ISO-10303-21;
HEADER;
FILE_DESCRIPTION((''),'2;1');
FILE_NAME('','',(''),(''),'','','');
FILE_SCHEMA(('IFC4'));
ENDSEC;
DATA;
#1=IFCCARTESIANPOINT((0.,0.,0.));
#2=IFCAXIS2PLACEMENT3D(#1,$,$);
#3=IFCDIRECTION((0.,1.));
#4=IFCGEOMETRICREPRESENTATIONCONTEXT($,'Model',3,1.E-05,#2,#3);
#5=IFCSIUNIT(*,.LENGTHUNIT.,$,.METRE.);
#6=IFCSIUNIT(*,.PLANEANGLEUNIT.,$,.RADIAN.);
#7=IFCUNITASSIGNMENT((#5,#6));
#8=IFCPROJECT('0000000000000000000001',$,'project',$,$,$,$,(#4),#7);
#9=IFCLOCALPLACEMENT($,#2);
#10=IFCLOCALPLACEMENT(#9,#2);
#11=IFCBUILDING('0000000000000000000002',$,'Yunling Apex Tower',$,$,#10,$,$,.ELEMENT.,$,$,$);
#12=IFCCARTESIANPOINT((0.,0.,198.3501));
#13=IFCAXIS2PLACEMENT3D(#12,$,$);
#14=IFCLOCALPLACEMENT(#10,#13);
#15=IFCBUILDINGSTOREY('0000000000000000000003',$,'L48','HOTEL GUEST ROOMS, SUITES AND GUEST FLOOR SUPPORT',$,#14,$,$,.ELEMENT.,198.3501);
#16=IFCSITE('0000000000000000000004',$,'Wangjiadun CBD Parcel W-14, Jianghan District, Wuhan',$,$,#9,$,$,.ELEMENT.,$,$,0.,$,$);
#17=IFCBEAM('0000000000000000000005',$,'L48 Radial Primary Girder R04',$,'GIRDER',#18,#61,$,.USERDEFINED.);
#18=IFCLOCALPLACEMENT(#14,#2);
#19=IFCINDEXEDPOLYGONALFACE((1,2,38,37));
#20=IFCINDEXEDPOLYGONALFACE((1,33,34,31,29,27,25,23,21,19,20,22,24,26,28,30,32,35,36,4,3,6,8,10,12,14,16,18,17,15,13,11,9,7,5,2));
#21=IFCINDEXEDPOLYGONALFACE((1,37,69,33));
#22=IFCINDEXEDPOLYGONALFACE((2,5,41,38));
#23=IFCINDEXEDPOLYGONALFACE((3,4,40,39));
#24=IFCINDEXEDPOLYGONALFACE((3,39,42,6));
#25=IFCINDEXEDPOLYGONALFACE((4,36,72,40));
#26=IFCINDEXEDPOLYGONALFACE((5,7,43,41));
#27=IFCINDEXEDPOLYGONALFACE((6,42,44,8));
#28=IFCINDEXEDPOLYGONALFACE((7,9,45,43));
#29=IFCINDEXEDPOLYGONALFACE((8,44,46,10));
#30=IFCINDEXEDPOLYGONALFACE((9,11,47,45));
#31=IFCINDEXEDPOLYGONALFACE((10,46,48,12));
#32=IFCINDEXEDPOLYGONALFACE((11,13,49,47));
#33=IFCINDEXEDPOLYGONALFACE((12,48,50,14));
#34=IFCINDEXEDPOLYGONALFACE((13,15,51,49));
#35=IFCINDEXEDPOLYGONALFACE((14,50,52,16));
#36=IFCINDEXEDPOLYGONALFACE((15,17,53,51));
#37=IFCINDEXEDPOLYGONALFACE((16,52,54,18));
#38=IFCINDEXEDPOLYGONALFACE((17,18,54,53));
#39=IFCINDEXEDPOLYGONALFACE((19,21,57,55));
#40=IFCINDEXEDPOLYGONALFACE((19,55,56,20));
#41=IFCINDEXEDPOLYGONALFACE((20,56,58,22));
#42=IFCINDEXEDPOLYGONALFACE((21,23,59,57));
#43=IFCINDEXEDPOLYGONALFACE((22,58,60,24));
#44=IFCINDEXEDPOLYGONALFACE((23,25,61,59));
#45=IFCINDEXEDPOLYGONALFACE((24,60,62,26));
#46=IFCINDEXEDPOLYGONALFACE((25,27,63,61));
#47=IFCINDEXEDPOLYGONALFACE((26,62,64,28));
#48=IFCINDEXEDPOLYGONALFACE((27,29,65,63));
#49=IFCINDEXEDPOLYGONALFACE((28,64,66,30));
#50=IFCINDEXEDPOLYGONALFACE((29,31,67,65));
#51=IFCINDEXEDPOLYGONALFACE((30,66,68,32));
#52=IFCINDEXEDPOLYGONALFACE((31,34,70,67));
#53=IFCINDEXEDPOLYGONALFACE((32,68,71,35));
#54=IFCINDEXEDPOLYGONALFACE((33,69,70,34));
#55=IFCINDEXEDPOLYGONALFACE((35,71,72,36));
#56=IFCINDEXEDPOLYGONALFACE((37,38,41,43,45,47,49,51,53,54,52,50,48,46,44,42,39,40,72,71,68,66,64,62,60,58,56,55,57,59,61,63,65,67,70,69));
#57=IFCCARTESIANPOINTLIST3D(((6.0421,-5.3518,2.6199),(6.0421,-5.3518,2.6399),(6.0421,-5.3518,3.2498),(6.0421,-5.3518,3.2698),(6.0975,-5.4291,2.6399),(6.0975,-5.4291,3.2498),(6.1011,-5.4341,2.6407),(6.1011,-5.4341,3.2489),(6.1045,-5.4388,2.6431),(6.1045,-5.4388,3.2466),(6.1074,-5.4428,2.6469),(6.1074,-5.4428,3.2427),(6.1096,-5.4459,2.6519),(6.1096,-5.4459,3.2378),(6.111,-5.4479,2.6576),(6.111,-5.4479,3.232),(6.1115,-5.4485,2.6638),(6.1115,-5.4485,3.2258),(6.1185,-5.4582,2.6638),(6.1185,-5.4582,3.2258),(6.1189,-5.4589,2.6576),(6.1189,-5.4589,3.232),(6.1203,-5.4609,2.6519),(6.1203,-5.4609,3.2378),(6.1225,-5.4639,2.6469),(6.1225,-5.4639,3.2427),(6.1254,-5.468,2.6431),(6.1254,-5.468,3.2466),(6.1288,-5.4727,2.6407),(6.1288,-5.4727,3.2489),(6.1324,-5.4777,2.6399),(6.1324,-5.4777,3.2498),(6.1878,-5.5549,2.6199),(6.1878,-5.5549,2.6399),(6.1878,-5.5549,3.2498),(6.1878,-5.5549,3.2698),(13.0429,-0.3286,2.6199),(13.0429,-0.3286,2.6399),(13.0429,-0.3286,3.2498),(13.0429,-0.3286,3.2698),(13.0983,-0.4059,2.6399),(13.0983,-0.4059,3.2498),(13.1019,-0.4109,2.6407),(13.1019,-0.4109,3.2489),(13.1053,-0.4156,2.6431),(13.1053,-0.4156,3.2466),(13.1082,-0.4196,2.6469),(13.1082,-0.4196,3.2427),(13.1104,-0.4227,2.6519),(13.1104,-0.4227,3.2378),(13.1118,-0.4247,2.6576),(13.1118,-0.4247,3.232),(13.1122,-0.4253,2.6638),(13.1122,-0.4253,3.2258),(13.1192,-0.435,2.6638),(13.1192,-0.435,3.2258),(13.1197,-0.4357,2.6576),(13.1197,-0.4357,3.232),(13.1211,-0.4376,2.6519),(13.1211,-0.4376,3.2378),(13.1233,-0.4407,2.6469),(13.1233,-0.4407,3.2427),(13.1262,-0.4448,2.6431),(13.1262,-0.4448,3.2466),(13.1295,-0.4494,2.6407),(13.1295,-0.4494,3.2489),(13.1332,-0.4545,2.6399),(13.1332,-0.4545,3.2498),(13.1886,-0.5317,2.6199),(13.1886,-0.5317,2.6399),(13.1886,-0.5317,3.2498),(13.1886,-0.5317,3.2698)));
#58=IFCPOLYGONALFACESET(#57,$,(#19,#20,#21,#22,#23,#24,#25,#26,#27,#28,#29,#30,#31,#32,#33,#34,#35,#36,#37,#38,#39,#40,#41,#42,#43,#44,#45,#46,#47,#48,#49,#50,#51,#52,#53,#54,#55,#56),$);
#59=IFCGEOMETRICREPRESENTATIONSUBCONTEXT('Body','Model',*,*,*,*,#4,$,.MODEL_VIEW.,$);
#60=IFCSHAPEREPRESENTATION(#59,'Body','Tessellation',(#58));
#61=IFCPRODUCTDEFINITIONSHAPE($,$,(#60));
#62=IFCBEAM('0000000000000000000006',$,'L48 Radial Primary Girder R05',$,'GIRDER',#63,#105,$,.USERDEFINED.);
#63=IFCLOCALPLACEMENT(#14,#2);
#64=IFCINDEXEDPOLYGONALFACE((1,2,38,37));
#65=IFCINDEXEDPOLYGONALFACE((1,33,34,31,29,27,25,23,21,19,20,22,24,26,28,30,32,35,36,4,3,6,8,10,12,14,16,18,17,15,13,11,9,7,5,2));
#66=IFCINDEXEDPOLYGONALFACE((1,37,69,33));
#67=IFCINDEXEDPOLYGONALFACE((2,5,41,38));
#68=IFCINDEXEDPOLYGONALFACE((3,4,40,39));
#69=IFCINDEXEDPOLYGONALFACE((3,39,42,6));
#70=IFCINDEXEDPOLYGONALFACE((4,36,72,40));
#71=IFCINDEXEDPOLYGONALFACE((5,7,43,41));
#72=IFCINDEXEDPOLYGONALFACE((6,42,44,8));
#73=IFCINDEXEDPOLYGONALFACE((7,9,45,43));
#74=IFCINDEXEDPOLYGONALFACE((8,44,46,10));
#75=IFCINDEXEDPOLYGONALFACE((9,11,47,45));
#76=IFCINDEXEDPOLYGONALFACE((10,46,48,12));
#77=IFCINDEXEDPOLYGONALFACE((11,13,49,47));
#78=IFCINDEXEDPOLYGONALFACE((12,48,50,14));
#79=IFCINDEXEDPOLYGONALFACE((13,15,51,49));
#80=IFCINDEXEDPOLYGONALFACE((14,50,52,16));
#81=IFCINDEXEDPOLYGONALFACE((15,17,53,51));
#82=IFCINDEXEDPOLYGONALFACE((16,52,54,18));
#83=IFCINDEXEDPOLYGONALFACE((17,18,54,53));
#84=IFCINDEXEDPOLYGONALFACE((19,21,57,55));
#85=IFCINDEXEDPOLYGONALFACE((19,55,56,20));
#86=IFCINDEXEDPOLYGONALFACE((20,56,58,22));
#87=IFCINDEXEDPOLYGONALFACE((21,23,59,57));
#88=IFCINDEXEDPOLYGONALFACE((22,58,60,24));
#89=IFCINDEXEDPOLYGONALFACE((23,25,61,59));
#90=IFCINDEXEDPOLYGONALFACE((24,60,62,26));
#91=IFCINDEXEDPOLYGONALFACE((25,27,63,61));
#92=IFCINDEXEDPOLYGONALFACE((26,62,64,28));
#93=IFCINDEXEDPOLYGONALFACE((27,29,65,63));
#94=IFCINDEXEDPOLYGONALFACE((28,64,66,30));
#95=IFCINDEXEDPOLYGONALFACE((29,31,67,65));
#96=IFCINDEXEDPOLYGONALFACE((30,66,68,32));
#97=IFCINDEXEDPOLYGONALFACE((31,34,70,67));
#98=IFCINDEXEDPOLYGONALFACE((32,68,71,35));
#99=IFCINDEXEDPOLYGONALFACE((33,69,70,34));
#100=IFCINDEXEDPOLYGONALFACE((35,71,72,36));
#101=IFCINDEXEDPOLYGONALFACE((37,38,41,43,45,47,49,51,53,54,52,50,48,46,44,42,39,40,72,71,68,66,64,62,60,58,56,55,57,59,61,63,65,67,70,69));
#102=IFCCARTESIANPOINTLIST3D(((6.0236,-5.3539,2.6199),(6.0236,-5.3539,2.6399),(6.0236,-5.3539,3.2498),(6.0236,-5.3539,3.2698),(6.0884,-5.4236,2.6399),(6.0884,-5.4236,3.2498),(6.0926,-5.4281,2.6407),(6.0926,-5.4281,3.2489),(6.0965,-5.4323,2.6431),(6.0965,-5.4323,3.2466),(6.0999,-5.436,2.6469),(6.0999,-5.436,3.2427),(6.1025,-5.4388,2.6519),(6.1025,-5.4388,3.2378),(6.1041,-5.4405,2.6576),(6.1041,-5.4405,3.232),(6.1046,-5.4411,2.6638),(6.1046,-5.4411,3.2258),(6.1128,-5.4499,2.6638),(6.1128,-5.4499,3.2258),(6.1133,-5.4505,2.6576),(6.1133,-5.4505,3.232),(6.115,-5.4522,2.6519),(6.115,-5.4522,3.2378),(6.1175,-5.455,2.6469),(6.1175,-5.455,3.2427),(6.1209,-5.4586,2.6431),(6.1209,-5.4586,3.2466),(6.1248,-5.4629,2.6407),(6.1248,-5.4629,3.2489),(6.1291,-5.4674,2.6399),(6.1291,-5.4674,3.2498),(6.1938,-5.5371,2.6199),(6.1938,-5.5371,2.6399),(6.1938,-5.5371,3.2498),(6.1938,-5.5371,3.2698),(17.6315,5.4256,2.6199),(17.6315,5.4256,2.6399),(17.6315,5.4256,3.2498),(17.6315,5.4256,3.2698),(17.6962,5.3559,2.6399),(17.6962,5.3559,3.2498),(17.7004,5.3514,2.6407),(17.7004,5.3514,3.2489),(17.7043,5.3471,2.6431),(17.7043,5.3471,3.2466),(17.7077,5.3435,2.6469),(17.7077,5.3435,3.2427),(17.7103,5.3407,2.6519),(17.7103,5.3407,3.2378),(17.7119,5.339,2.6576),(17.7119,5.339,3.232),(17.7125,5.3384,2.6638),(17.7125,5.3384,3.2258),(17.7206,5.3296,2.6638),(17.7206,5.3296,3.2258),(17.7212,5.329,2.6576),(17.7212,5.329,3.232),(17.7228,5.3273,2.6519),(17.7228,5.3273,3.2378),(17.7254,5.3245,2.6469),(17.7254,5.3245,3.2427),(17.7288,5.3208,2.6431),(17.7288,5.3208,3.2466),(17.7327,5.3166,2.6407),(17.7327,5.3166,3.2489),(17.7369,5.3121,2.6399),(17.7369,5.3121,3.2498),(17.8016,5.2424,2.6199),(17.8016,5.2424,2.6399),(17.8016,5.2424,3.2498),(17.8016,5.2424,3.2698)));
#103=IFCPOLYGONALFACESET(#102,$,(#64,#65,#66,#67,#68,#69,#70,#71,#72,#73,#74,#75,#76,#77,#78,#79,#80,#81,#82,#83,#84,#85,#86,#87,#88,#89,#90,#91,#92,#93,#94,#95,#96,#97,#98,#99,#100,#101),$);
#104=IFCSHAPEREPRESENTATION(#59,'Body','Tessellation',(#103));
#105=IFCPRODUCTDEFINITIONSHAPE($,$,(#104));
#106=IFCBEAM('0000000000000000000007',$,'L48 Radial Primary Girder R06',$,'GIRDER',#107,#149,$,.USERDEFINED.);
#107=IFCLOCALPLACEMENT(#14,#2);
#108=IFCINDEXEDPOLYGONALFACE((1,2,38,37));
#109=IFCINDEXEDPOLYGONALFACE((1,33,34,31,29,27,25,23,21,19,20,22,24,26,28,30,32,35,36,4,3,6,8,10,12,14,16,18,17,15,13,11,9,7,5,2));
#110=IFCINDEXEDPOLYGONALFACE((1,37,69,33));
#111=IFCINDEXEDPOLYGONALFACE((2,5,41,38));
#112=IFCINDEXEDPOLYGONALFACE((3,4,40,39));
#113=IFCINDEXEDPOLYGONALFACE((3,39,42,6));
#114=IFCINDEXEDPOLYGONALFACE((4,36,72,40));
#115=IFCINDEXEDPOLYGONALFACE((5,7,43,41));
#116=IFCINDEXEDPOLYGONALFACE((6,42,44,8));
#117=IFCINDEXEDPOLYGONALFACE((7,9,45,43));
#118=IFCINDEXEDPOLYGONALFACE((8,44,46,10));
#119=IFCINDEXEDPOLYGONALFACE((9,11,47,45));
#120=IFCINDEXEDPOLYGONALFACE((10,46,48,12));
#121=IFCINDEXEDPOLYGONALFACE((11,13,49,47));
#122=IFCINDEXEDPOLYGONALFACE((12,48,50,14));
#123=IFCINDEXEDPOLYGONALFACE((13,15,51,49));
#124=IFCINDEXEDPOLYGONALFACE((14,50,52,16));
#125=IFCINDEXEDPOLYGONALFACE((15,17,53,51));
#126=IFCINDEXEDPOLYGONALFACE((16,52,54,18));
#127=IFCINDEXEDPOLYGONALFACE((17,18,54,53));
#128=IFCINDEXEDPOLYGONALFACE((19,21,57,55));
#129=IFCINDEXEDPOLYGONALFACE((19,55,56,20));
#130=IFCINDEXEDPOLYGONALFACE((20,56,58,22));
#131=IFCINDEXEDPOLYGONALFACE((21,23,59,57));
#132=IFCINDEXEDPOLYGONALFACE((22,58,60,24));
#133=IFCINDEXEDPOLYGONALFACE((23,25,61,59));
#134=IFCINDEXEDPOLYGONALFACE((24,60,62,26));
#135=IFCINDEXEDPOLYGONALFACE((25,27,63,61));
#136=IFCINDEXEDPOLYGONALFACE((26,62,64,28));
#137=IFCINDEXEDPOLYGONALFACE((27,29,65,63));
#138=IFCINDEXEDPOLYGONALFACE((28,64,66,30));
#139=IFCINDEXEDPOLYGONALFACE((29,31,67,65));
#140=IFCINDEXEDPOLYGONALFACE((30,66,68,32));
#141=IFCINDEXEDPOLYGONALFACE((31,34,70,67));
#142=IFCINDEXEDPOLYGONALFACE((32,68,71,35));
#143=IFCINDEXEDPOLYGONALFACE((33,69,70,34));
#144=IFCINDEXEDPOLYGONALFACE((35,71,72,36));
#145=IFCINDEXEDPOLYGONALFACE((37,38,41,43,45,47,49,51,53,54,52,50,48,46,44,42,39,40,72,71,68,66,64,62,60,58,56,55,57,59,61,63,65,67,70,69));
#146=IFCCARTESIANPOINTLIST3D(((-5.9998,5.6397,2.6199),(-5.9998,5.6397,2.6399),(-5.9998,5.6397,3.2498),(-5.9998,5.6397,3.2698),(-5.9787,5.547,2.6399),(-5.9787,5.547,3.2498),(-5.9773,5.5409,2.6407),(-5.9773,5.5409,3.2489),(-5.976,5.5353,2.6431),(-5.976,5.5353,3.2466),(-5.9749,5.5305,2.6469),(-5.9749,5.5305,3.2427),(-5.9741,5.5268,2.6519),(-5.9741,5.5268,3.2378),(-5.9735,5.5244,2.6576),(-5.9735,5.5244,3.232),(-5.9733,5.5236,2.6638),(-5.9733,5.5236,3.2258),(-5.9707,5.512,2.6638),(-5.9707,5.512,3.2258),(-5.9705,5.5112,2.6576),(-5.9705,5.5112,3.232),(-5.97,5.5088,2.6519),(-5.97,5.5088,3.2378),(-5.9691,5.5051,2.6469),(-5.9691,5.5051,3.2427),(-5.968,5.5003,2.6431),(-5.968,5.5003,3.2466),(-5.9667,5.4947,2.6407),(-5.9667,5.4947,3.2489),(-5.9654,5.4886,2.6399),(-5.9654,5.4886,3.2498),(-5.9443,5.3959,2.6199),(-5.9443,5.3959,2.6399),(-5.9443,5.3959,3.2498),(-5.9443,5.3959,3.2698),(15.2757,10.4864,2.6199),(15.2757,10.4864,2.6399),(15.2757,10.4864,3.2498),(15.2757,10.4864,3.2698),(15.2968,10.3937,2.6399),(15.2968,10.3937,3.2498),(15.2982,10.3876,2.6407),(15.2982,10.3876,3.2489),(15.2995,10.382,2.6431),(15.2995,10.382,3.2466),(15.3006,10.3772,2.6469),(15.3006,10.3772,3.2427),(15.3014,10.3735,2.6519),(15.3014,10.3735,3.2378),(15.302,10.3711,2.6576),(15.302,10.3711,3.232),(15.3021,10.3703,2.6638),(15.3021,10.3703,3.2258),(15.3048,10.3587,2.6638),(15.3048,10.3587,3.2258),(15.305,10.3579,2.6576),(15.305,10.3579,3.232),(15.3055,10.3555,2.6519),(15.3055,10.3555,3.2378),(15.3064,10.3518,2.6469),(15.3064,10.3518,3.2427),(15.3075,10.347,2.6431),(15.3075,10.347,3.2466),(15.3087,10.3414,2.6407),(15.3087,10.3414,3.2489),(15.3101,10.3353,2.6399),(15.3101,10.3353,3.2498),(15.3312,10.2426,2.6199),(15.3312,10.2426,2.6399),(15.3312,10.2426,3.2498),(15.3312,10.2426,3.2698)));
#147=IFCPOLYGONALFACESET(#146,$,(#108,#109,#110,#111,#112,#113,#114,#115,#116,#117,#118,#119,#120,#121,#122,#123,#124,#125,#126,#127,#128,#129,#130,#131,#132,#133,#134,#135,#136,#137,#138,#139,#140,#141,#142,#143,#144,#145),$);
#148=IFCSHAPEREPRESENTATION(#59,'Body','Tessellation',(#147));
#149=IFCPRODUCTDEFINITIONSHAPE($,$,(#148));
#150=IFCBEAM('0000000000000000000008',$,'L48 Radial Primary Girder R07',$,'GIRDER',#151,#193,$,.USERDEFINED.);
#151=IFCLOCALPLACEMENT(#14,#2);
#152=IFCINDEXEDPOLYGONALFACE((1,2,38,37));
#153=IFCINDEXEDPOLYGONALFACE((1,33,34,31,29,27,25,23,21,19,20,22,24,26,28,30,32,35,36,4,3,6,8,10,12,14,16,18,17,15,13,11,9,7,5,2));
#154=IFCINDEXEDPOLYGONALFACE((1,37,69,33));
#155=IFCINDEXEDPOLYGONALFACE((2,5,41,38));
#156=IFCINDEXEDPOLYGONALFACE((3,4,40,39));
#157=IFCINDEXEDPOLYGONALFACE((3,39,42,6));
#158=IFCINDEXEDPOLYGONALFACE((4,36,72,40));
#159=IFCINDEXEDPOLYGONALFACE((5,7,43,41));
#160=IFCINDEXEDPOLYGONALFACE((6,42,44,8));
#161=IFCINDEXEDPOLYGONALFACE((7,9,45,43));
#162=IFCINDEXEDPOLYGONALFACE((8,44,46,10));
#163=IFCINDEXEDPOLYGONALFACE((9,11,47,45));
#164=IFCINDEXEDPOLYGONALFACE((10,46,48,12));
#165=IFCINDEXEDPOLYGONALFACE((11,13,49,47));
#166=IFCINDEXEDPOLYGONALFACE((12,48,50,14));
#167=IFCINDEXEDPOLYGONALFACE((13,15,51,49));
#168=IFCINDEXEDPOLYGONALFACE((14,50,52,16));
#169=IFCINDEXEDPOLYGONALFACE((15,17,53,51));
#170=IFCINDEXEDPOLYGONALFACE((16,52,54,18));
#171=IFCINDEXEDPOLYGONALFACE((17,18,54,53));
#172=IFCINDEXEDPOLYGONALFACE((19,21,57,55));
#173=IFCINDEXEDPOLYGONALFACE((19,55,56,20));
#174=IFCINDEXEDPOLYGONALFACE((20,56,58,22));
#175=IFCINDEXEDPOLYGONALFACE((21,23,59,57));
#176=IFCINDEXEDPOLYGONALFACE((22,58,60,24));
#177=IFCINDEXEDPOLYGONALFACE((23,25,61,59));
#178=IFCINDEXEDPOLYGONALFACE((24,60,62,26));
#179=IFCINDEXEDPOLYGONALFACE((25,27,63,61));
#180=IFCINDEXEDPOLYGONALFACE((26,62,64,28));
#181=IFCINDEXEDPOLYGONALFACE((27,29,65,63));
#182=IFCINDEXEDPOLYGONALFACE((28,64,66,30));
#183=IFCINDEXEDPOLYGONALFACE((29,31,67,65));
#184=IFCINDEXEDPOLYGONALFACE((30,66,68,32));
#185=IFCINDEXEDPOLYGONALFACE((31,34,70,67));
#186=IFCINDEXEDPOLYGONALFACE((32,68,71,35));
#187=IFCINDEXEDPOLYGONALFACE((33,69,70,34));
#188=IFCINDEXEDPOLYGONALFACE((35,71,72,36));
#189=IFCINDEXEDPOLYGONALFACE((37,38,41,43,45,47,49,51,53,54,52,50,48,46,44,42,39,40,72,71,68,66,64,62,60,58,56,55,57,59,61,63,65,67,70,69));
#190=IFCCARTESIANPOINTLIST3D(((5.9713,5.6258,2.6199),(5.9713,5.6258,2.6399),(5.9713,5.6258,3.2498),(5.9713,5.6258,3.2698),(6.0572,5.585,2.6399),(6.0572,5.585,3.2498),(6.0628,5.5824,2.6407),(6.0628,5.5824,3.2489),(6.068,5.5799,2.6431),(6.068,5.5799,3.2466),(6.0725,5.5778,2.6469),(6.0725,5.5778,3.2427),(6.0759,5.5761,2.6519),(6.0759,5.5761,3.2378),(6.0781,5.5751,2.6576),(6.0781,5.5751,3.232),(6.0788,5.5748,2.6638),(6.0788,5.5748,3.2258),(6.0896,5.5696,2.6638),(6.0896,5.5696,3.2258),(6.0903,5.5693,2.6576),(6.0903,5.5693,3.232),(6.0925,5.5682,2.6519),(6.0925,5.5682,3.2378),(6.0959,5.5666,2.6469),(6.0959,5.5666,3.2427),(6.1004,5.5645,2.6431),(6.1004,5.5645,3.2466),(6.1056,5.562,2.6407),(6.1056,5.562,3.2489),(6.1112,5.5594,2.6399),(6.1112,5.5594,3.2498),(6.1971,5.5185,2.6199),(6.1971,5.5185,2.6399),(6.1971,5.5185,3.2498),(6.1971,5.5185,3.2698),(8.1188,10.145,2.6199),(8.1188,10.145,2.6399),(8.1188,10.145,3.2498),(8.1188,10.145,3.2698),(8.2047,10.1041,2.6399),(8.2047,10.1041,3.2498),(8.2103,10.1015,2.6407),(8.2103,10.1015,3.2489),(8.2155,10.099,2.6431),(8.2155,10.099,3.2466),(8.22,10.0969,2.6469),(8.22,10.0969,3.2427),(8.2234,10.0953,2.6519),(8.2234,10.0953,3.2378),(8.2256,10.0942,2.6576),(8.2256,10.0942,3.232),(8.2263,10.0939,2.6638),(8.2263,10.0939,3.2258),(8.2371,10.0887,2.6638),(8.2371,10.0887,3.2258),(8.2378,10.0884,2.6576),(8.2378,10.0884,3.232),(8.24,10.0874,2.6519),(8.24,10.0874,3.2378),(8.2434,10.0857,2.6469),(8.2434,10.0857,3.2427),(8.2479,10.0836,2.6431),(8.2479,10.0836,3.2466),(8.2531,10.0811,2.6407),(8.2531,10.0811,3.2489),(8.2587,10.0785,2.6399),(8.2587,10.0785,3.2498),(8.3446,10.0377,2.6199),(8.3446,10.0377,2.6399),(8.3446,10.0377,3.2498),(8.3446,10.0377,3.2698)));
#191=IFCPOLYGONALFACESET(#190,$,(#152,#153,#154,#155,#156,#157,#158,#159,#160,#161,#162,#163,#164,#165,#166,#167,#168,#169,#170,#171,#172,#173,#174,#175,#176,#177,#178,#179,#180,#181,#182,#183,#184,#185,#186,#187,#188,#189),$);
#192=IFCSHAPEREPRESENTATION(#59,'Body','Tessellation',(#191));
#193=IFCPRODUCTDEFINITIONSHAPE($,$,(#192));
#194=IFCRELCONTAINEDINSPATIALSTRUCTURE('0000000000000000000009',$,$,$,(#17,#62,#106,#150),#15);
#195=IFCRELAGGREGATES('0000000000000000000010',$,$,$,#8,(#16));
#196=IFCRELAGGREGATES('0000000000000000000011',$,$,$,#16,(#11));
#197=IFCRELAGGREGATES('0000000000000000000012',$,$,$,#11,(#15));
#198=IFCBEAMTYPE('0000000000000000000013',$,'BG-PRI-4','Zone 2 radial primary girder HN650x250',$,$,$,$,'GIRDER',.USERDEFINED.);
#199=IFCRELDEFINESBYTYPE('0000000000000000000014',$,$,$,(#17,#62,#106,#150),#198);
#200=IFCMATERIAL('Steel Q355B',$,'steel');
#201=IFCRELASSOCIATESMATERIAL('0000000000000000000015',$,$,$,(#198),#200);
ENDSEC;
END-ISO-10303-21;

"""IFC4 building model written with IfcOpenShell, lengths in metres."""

from ifc_helpers import new_model, si_unit, direction, frame, origin, origin_2d, place, context, subcontext, project, spatial, i_section, extrude, source, transform, mapped, material, material_profile, profile_set, type_object, element, save


model = new_model("IFC4")

# Units and contexts
model_context = context("Model", 3, precision=1e-05, world=origin(), true_north=direction((0.0, 1.0)))
body_context = subcontext(model_context, "Body", "Model", "MODEL_VIEW")
ifc_project = project(units=[si_unit("LENGTHUNIT", "METRE"), si_unit("PLANEANGLEUNIT", "RADIAN")], contexts=[model_context])

# Site, building, storey
site_placement = place(None, origin())
site = spatial("IfcSite", under=ifc_project, at=site_placement, Name="Wangjiadun CBD Parcel W-14, Jianghan District, Wuhan", CompositionType="ELEMENT", RefElevation=0.0)
building_placement = place(site_placement, origin())
building = spatial("IfcBuilding", under=site, at=building_placement, Name="Yunling Apex Tower", CompositionType="ELEMENT")
storey_placement = place(building_placement, frame((0.0, 0.0, 198.3501)))
storey = spatial("IfcBuildingStorey", under=building, at=storey_placement, Name="L48", Description="HOTEL GUEST ROOMS, SUITES AND GUEST FLOOR SUPPORT", CompositionType="ELEMENT", Elevation=198.3501)

# Beams
ifc_material_1 = material(Name="Steel Q355B", Category="steel")
ifc_material_profile_1 = material_profile(ifc_material_1, i_section(OverallWidth=0.25, OverallDepth=0.6499, WebThickness=0.012, FlangeThickness=0.02, FilletRadius=0.0239, at=origin_2d()))
ifc_profile_set_1 = profile_set([ifc_material_profile_1], Name="Steel Q355B")
beam_type_1 = type_object("IfcBeamType", Name="BG-PRI-4", Description="Zone 2 radial primary girder HN650x250", ElementType="GIRDER", PredefinedType="USERDEFINED", material=ifc_profile_set_1)
shared_shape_1 = source(origin(), body_context, "Body", "SweptSolid", [
    extrude(i_section(OverallWidth=0.25, OverallDepth=0.6499, WebThickness=0.012, FlangeThickness=0.02, FilletRadius=0.0239, at=origin_2d()), origin(), (0.0, 0.0, 1.0), 8.6165),
])
beam_1_placement = place(storey_placement, frame((13.1157, -0.4302, 2.9448), z_axis=(-0.812487, -0.582979, 0.0), x_axis=(0.582979, -0.812487, 0.0)))
element("IfcBeam", 1, at=beam_1_placement, inside=storey, type_object=beam_type_1, Name="L48 Radial Primary Girder R04", ObjectType="GIRDER", PredefinedType="USERDEFINED", context=body_context, shape_type="MappedRepresentation", body=[
    mapped(shared_shape_1, transform((0.0, 0.0, 0.0), scale=1.0)),
])
shared_shape_2 = source(origin(), body_context, "Body", "SweptSolid", [
    extrude(i_section(OverallWidth=0.25, OverallDepth=0.6499, WebThickness=0.012, FlangeThickness=0.02, FilletRadius=0.0239, at=origin_2d()), origin(), (0.0, 0.0, 1.0), 15.8411),
])
beam_2_placement = place(storey_placement, frame((17.7166, 5.334, 2.9448), z_axis=(-0.732769, -0.680477, 0.0), x_axis=(0.680477, -0.732769, 0.0)))
element("IfcBeam", 2, at=beam_2_placement, inside=storey, type_object=beam_type_1, Name="L48 Radial Primary Girder R05", ObjectType="GIRDER", PredefinedType="USERDEFINED", context=body_context, shape_type="MappedRepresentation", body=[
    mapped(shared_shape_2, transform((0.0, 0.0, 0.0), scale=1.0)),
])
shared_shape_3 = source(origin(), body_context, "Body", "SweptSolid", [
    extrude(i_section(OverallWidth=0.25, OverallDepth=0.6499, WebThickness=0.012, FlangeThickness=0.02, FilletRadius=0.0239, at=origin_2d()), origin(), (0.0, 0.0, 1.0), 21.8206),
])
beam_3_placement = place(storey_placement, frame((15.3035, 10.3645, 2.9448), z_axis=(-0.97502, -0.222116, 0.0), x_axis=(0.222116, -0.97502, 0.0)))
element("IfcBeam", 3, at=beam_3_placement, inside=storey, type_object=beam_type_1, Name="L48 Radial Primary Girder R06", ObjectType="GIRDER", PredefinedType="USERDEFINED", context=body_context, shape_type="MappedRepresentation", body=[
    mapped(shared_shape_3, transform((0.0, 0.0, 0.0), scale=1.0)),
])
shared_shape_4 = source(origin(), body_context, "Body", "SweptSolid", [
    extrude(i_section(OverallWidth=0.25, OverallDepth=0.6499, WebThickness=0.012, FlangeThickness=0.02, FilletRadius=0.0239, at=origin_2d()), origin(), (0.0, 0.0, 1.0), 5.0034),
])
beam_4_placement = place(storey_placement, frame((8.2317, 10.0913, 2.9448), z_axis=(-0.429206, -0.903207, 0.0), x_axis=(0.903207, -0.429206, 0.0)))
element("IfcBeam", 4, at=beam_4_placement, inside=storey, type_object=beam_type_1, Name="L48 Radial Primary Girder R07", ObjectType="GIRDER", PredefinedType="USERDEFINED", context=body_context, shape_type="MappedRepresentation", body=[
    mapped(shared_shape_4, transform((0.0, 0.0, 0.0), scale=1.0)),
])

save(model, "model.ifc")
